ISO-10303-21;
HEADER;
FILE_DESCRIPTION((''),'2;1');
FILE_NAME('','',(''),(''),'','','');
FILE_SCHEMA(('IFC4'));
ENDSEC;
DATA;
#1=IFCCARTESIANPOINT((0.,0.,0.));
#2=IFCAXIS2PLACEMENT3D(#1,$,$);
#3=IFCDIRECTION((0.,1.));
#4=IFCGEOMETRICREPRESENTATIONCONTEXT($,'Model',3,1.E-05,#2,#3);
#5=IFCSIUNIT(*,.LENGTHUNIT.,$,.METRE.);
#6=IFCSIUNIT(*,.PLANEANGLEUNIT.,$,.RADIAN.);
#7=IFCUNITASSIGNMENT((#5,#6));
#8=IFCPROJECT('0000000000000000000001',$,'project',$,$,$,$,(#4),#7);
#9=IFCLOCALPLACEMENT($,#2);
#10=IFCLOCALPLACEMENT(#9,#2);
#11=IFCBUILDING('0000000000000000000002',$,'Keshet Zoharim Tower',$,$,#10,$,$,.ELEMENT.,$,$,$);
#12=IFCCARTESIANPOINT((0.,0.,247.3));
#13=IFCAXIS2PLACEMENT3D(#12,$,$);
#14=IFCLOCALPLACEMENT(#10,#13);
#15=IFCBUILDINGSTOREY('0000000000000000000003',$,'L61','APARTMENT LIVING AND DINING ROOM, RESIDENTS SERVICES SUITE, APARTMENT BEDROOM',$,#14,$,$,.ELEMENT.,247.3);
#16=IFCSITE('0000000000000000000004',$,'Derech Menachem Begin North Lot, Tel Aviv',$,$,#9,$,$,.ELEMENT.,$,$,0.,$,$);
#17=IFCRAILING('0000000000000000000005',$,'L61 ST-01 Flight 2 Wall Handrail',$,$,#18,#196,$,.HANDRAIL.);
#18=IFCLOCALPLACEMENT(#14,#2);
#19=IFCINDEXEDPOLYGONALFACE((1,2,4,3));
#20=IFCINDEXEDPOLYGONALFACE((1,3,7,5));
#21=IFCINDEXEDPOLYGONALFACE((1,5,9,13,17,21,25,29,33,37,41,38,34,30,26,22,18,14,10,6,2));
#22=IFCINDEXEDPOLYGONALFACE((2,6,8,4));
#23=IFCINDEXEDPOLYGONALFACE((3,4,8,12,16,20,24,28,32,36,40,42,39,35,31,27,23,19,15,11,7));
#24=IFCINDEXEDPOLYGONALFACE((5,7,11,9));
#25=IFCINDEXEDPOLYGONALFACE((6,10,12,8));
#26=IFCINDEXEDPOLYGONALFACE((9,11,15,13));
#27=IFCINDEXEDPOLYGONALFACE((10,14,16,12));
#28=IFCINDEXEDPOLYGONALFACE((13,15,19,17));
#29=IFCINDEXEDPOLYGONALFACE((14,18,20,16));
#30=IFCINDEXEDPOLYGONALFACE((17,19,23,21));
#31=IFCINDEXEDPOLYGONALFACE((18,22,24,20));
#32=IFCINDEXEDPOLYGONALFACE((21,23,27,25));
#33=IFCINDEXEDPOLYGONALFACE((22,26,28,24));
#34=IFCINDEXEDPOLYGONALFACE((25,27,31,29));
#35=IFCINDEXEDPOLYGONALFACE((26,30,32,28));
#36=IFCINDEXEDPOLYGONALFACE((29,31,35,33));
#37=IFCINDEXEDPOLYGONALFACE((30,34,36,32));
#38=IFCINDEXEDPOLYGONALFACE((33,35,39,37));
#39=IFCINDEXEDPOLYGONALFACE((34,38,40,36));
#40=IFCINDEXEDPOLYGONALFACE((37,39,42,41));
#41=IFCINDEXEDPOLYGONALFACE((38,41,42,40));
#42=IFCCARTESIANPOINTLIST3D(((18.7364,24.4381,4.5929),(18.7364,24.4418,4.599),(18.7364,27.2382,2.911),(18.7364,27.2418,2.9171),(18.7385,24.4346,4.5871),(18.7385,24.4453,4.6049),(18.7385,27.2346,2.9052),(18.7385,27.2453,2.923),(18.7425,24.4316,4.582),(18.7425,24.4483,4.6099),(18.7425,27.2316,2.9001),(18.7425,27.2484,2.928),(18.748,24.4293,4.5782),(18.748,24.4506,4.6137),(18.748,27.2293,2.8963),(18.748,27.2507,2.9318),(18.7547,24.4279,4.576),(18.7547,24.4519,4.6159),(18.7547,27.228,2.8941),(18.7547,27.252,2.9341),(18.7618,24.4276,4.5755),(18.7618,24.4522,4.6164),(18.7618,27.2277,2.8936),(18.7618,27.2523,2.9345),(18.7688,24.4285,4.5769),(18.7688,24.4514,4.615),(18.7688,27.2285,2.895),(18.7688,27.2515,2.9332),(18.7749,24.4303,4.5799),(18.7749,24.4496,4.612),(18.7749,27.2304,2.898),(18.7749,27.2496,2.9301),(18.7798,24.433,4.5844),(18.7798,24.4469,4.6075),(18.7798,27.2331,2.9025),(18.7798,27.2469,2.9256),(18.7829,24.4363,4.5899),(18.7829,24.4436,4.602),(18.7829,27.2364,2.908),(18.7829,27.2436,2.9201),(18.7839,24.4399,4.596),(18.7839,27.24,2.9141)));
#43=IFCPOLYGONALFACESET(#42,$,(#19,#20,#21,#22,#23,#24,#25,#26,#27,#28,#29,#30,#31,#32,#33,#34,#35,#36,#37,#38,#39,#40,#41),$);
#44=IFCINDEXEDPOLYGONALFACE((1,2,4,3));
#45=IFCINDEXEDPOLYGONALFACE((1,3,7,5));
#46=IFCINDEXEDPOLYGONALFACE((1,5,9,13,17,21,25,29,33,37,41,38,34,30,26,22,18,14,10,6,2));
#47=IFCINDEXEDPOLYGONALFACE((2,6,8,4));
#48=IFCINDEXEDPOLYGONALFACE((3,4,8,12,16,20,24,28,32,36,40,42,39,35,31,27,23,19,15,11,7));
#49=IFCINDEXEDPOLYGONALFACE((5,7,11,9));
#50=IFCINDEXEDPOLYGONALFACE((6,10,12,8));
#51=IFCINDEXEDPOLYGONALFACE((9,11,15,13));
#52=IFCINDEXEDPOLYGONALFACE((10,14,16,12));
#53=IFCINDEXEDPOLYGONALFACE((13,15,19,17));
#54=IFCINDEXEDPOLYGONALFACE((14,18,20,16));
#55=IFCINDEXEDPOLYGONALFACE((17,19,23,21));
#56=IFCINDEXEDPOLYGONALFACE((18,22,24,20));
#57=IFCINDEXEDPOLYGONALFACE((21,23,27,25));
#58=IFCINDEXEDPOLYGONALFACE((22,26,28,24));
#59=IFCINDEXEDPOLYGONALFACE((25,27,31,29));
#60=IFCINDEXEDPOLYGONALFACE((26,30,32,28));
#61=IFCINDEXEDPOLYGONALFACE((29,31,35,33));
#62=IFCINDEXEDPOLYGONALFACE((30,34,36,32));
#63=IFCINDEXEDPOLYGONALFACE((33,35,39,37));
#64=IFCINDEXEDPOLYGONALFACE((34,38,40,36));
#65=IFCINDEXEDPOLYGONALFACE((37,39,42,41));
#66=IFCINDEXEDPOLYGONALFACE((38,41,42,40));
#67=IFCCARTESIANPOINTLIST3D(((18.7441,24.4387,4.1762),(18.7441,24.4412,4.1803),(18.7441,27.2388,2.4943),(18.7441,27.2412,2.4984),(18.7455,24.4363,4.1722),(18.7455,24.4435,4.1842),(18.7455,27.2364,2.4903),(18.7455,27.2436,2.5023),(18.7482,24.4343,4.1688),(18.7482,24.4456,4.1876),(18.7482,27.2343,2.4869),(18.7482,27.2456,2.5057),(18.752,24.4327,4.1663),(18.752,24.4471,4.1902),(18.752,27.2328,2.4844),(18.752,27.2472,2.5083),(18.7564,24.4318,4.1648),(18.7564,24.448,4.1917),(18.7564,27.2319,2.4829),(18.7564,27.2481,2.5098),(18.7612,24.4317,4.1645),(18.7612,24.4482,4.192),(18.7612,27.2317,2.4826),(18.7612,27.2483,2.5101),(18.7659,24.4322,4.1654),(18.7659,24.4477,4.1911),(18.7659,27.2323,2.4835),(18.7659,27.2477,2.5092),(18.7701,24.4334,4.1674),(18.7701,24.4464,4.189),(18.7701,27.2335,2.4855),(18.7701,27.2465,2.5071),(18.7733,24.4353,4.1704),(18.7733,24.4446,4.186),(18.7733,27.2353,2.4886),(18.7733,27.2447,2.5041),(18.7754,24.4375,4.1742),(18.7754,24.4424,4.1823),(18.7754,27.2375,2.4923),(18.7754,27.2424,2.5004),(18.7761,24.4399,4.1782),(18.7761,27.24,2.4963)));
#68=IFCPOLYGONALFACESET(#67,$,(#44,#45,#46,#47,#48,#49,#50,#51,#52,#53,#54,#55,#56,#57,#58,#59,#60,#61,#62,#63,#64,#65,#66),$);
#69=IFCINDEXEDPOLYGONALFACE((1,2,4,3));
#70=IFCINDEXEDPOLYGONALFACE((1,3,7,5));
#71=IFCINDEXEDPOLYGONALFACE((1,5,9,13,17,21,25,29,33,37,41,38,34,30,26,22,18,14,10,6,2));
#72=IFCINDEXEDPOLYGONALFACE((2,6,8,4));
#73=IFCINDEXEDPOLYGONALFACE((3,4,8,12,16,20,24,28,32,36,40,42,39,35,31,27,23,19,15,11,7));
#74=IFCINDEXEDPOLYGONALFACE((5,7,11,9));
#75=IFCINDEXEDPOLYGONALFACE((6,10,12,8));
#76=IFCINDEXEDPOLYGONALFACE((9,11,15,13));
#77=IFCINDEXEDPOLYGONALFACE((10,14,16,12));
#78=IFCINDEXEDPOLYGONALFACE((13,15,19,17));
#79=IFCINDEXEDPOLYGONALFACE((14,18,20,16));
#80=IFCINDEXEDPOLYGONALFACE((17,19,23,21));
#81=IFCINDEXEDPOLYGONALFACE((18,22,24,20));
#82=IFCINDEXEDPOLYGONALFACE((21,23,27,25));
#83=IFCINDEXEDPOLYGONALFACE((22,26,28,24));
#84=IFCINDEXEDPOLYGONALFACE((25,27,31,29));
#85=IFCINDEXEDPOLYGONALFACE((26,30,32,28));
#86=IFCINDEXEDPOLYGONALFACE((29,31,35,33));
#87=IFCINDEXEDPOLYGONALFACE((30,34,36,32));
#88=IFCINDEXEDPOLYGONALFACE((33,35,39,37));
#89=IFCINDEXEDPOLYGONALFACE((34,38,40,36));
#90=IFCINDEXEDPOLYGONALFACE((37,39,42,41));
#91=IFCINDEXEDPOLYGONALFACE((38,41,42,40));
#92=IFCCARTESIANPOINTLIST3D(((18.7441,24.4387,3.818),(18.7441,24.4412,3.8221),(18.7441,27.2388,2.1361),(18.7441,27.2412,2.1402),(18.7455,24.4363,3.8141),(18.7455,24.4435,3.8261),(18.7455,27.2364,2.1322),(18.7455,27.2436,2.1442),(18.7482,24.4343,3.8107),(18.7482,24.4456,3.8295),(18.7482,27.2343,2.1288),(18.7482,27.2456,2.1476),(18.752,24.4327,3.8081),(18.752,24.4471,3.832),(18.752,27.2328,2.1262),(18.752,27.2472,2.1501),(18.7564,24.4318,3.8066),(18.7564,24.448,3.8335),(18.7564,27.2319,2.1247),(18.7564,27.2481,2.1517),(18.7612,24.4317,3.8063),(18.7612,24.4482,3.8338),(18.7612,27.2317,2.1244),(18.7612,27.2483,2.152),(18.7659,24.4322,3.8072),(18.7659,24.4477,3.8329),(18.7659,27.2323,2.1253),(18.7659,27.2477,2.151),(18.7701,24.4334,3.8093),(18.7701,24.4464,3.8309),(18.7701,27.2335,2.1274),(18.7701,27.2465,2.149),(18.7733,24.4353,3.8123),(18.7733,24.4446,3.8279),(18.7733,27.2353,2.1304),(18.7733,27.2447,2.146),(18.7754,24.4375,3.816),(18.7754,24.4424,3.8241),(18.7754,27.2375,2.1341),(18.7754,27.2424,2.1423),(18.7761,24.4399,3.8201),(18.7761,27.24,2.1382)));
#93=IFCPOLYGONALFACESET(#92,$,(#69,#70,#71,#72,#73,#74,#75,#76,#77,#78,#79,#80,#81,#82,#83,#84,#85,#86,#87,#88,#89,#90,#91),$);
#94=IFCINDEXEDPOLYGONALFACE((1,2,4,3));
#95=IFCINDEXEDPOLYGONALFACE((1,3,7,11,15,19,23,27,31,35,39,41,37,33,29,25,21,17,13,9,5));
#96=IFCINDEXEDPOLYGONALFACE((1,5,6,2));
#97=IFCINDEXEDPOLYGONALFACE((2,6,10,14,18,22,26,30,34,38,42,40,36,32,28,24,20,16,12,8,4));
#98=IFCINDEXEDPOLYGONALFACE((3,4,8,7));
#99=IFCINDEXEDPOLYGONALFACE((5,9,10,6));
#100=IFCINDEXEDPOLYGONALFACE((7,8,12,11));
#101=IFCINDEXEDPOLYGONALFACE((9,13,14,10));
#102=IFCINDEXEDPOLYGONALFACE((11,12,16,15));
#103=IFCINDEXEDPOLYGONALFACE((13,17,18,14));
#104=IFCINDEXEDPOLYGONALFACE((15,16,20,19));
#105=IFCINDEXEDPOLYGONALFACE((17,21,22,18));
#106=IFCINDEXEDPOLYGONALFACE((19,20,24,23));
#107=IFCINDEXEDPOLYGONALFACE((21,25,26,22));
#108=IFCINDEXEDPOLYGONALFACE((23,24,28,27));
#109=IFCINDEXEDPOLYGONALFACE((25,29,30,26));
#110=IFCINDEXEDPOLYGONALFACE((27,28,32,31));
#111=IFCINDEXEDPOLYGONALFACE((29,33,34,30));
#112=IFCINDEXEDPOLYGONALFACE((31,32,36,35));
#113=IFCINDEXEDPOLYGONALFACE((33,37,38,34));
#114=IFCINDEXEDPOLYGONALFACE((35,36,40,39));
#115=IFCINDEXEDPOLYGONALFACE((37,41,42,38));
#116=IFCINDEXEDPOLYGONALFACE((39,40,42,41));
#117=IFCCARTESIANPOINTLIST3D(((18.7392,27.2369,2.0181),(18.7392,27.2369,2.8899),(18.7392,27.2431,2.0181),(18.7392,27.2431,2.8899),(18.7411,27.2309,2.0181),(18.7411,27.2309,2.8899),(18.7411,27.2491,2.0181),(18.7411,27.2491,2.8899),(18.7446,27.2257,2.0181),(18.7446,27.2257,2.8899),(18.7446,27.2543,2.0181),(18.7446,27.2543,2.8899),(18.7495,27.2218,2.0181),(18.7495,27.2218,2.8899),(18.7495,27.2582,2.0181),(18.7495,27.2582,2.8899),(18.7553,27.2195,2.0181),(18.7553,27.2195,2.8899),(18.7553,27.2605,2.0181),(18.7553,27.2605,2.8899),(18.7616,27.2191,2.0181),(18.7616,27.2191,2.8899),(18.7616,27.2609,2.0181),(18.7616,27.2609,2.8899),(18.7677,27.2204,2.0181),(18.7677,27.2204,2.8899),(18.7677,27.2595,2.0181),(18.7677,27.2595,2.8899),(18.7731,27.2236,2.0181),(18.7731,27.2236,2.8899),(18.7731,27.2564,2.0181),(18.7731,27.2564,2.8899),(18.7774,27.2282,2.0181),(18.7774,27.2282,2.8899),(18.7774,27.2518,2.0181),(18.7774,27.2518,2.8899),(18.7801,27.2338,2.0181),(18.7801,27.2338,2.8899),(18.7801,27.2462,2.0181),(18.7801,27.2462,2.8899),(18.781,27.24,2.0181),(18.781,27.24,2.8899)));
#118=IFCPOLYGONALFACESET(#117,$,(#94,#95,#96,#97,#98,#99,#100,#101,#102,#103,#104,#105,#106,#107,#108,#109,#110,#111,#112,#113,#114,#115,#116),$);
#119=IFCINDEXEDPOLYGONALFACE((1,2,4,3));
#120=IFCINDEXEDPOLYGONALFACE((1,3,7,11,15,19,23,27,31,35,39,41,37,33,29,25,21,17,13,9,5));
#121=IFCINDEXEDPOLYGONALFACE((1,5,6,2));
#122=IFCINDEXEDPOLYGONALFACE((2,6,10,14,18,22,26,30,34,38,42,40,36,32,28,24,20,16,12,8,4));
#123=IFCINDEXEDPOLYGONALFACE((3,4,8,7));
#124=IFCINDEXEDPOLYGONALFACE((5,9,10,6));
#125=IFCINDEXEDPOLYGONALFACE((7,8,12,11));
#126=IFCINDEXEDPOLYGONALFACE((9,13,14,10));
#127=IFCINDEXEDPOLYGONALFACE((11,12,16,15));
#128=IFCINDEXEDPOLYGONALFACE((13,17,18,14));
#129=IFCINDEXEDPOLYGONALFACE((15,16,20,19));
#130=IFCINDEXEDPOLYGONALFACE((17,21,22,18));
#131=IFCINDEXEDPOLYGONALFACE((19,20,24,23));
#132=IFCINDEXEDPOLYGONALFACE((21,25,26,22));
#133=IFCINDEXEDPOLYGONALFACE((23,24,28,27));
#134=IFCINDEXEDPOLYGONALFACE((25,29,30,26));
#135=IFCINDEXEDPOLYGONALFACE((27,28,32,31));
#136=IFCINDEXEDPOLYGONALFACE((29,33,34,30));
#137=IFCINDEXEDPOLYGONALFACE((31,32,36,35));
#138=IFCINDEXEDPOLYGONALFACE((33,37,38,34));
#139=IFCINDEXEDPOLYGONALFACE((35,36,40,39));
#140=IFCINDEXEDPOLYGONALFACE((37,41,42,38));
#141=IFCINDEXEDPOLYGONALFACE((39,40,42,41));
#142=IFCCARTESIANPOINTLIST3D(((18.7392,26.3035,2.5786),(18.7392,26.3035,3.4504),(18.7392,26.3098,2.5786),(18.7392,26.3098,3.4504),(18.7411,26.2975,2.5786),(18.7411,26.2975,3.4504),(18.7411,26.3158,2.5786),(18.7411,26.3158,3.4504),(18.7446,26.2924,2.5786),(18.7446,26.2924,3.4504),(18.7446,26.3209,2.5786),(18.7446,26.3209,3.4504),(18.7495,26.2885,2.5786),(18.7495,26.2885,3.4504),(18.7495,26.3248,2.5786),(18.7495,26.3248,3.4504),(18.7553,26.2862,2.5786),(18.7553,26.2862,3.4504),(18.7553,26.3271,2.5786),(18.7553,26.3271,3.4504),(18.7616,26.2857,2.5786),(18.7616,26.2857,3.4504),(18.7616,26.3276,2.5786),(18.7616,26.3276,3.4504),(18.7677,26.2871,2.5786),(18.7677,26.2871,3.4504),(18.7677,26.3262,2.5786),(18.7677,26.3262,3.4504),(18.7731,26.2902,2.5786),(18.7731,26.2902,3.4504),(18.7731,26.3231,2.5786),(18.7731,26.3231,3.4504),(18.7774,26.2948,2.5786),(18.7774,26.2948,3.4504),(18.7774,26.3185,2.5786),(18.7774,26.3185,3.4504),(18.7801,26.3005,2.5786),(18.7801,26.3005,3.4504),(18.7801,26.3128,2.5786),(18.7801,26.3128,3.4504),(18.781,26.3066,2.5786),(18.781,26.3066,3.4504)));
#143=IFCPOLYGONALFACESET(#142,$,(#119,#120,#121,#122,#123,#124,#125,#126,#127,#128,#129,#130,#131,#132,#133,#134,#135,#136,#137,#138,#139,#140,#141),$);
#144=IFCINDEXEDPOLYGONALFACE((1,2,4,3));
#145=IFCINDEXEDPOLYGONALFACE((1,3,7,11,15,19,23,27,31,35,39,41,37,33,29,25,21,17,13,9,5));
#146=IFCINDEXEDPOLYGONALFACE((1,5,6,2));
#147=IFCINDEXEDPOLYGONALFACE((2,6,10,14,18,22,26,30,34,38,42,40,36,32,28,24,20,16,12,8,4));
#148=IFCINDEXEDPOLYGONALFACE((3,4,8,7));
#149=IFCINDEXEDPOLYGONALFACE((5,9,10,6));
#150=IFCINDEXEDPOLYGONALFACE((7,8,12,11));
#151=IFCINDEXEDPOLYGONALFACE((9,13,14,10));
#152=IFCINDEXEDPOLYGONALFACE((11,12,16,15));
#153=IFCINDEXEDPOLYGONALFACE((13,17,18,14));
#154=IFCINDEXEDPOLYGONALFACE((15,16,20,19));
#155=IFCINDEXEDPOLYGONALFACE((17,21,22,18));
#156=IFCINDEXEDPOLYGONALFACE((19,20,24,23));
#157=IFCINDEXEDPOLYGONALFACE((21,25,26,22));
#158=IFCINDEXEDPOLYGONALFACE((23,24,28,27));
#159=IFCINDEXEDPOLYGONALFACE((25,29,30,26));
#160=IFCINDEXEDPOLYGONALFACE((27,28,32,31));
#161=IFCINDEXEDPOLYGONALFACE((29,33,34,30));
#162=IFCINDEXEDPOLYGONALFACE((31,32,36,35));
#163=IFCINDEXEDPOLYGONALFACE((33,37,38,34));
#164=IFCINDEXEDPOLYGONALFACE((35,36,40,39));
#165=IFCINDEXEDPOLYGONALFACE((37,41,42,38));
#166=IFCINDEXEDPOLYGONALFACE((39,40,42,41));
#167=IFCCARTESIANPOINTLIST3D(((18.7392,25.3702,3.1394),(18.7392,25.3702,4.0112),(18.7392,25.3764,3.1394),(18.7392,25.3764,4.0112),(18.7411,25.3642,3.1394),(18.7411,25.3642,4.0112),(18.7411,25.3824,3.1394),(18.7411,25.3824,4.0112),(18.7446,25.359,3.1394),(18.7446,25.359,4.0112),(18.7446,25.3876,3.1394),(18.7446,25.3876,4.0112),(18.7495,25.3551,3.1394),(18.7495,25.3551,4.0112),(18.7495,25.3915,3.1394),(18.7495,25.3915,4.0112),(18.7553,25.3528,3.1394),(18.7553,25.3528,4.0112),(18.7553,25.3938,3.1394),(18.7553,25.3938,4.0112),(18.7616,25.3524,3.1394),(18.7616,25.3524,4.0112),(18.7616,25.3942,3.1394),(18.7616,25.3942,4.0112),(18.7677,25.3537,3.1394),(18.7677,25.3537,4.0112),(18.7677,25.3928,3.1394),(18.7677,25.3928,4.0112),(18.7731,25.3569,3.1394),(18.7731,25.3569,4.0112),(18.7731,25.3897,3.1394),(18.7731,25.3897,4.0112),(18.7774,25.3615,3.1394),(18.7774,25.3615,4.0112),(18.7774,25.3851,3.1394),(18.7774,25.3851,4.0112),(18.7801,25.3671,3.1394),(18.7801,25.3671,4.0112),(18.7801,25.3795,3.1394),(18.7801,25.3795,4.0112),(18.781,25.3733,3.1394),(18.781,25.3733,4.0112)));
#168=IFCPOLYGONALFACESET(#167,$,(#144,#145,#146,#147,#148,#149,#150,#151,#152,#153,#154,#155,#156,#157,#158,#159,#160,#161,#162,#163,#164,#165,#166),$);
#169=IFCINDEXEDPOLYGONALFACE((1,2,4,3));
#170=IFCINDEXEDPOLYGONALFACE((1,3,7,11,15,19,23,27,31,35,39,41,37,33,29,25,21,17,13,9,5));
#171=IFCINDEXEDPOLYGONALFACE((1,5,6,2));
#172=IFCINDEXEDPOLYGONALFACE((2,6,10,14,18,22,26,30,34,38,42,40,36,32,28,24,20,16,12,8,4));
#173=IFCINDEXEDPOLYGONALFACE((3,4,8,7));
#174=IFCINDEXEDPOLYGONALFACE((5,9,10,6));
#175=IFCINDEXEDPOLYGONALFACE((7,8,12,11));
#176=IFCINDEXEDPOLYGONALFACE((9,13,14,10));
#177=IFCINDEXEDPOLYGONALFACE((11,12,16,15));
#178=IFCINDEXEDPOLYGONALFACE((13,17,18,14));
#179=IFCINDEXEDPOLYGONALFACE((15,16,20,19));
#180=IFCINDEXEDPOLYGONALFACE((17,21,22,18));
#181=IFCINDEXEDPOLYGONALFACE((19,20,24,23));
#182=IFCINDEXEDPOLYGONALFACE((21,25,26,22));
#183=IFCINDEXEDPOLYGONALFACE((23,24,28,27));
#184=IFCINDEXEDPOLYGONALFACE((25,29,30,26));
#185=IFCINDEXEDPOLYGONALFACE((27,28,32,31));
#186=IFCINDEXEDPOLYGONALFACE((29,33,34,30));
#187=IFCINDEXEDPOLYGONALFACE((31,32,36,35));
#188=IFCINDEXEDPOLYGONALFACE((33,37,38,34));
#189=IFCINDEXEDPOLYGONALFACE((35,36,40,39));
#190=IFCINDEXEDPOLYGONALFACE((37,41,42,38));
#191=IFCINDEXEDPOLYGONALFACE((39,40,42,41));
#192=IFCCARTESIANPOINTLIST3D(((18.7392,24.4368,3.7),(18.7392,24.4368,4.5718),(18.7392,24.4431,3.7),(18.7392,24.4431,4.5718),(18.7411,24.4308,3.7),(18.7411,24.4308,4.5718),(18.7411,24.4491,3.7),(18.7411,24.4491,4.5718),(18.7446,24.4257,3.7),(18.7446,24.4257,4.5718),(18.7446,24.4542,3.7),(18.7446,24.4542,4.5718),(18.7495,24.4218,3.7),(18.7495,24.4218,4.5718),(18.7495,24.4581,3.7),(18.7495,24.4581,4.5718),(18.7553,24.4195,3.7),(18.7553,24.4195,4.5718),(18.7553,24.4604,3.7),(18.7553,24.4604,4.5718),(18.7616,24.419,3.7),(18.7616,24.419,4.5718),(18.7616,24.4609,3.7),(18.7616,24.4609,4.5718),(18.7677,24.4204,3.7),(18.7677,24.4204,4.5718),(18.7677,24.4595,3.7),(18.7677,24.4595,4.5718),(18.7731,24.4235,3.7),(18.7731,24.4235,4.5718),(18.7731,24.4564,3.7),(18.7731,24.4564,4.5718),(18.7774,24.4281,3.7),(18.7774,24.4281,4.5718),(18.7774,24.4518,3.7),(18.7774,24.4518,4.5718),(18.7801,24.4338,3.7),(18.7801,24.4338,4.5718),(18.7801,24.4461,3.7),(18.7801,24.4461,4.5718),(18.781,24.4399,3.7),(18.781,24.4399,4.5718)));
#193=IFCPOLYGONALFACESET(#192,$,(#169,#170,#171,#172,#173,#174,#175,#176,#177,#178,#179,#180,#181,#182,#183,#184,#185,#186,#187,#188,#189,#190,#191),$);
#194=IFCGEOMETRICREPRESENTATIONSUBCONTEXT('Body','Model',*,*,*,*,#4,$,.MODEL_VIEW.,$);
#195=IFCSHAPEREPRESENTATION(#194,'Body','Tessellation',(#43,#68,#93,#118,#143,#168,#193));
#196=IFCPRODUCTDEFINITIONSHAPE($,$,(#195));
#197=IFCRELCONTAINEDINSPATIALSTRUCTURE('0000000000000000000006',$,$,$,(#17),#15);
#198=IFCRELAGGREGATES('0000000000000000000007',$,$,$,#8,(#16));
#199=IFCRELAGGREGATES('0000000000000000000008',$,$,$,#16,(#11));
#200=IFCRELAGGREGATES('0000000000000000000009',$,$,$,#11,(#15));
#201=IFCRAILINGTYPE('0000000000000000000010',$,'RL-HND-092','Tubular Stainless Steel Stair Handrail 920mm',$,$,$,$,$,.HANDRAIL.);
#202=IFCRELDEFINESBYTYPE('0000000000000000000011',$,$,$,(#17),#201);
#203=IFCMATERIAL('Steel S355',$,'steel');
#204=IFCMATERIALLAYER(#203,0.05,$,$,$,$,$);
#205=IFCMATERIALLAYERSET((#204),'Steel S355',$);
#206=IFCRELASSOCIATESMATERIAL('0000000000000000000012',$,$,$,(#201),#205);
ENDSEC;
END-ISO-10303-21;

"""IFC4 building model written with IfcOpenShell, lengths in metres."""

from ifc_helpers import new_model, si_unit, direction, frame, origin, origin_2d, place, context, subcontext, project, spatial, circle, extrude, material, layer, layer_set, type_object, element, save


model = new_model("IFC4")

# Units and contexts
model_context = context("Model", 3, precision=1e-05, world=origin(), true_north=direction((0.0, 1.0)))
body_context = subcontext(model_context, "Body", "Model", "MODEL_VIEW")
ifc_project = project(units=[si_unit("LENGTHUNIT", "METRE"), si_unit("PLANEANGLEUNIT", "RADIAN")], contexts=[model_context])

# Site, building, storey
site_placement = place(None, origin())
site = spatial("IfcSite", under=ifc_project, at=site_placement, Name="Derech Menachem Begin North Lot, Tel Aviv", CompositionType="ELEMENT", RefElevation=0.0)
building_placement = place(site_placement, origin())
building = spatial("IfcBuilding", under=site, at=building_placement, Name="Keshet Zoharim Tower", CompositionType="ELEMENT")
storey_placement = place(building_placement, frame((0.0, 0.0, 247.3)))
storey = spatial("IfcBuildingStorey", under=building, at=storey_placement, Name="L61", Description="APARTMENT LIVING AND DINING ROOM, RESIDENTS SERVICES SUITE, APARTMENT BEDROOM", CompositionType="ELEMENT", Elevation=247.3)

# Shared definitions
ifc_material_1 = material(Name="Steel S355", Category="steel")

# Railing
ifc_layer_1 = layer(ifc_material_1, 0.05)
ifc_layer_set_1 = layer_set([ifc_layer_1], Name="Steel S355")
railing_type_1 = type_object("IfcRailingType", Name="RL-HND-092", Description="Tubular Stainless Steel Stair Handrail 920mm", PredefinedType="HANDRAIL", material=ifc_layer_set_1)
railing_1_placement = place(storey_placement, frame((18.76, 27.24, 2.0181)))
element("IfcRailing", 1, at=railing_1_placement, inside=storey, type_object=railing_type_1, Name="L61 ST-01 Flight 2 Wall Handrail", PredefinedType="HANDRAIL", context=body_context, shape_type="SweptSolid", body=[
    extrude(circle(Radius=0.0239, at=origin_2d()), frame((0.0, 0.0, 0.896), z_axis=(0.0, -0.857242, 0.514913), x_axis=(1.0, 0.0, 0.0)), (0.0, 0.0, 1.0), 3.2664),
    extrude(circle(Radius=0.0161, at=origin_2d()), frame((0.0, 0.0, 0.4783), z_axis=(0.0, -0.857242, 0.514913), x_axis=(1.0, 0.0, 0.0)), (0.0, 0.0, 1.0), 3.2664),
    extrude(circle(Radius=0.0161, at=origin_2d()), frame((0.0, 0.0, 0.1201), z_axis=(0.0, -0.857242, 0.514913), x_axis=(1.0, 0.0, 0.0)), (0.0, 0.0, 1.0), 3.2664),
    extrude(circle(Radius=0.021, at=origin_2d()), origin(), (0.0, 0.0, 1.0), 0.8718),
    extrude(circle(Radius=0.021, at=origin_2d()), frame((0.0, -0.9333, 0.5605)), (0.0, 0.0, 1.0), 0.8718),
    extrude(circle(Radius=0.021, at=origin_2d()), frame((0.0, -1.8667, 1.1213)), (0.0, 0.0, 1.0), 0.8718),
    extrude(circle(Radius=0.021, at=origin_2d()), frame((0.0, -2.8, 1.6819)), (0.0, 0.0, 1.0), 0.8718),
])

save(model, "model.ifc")
